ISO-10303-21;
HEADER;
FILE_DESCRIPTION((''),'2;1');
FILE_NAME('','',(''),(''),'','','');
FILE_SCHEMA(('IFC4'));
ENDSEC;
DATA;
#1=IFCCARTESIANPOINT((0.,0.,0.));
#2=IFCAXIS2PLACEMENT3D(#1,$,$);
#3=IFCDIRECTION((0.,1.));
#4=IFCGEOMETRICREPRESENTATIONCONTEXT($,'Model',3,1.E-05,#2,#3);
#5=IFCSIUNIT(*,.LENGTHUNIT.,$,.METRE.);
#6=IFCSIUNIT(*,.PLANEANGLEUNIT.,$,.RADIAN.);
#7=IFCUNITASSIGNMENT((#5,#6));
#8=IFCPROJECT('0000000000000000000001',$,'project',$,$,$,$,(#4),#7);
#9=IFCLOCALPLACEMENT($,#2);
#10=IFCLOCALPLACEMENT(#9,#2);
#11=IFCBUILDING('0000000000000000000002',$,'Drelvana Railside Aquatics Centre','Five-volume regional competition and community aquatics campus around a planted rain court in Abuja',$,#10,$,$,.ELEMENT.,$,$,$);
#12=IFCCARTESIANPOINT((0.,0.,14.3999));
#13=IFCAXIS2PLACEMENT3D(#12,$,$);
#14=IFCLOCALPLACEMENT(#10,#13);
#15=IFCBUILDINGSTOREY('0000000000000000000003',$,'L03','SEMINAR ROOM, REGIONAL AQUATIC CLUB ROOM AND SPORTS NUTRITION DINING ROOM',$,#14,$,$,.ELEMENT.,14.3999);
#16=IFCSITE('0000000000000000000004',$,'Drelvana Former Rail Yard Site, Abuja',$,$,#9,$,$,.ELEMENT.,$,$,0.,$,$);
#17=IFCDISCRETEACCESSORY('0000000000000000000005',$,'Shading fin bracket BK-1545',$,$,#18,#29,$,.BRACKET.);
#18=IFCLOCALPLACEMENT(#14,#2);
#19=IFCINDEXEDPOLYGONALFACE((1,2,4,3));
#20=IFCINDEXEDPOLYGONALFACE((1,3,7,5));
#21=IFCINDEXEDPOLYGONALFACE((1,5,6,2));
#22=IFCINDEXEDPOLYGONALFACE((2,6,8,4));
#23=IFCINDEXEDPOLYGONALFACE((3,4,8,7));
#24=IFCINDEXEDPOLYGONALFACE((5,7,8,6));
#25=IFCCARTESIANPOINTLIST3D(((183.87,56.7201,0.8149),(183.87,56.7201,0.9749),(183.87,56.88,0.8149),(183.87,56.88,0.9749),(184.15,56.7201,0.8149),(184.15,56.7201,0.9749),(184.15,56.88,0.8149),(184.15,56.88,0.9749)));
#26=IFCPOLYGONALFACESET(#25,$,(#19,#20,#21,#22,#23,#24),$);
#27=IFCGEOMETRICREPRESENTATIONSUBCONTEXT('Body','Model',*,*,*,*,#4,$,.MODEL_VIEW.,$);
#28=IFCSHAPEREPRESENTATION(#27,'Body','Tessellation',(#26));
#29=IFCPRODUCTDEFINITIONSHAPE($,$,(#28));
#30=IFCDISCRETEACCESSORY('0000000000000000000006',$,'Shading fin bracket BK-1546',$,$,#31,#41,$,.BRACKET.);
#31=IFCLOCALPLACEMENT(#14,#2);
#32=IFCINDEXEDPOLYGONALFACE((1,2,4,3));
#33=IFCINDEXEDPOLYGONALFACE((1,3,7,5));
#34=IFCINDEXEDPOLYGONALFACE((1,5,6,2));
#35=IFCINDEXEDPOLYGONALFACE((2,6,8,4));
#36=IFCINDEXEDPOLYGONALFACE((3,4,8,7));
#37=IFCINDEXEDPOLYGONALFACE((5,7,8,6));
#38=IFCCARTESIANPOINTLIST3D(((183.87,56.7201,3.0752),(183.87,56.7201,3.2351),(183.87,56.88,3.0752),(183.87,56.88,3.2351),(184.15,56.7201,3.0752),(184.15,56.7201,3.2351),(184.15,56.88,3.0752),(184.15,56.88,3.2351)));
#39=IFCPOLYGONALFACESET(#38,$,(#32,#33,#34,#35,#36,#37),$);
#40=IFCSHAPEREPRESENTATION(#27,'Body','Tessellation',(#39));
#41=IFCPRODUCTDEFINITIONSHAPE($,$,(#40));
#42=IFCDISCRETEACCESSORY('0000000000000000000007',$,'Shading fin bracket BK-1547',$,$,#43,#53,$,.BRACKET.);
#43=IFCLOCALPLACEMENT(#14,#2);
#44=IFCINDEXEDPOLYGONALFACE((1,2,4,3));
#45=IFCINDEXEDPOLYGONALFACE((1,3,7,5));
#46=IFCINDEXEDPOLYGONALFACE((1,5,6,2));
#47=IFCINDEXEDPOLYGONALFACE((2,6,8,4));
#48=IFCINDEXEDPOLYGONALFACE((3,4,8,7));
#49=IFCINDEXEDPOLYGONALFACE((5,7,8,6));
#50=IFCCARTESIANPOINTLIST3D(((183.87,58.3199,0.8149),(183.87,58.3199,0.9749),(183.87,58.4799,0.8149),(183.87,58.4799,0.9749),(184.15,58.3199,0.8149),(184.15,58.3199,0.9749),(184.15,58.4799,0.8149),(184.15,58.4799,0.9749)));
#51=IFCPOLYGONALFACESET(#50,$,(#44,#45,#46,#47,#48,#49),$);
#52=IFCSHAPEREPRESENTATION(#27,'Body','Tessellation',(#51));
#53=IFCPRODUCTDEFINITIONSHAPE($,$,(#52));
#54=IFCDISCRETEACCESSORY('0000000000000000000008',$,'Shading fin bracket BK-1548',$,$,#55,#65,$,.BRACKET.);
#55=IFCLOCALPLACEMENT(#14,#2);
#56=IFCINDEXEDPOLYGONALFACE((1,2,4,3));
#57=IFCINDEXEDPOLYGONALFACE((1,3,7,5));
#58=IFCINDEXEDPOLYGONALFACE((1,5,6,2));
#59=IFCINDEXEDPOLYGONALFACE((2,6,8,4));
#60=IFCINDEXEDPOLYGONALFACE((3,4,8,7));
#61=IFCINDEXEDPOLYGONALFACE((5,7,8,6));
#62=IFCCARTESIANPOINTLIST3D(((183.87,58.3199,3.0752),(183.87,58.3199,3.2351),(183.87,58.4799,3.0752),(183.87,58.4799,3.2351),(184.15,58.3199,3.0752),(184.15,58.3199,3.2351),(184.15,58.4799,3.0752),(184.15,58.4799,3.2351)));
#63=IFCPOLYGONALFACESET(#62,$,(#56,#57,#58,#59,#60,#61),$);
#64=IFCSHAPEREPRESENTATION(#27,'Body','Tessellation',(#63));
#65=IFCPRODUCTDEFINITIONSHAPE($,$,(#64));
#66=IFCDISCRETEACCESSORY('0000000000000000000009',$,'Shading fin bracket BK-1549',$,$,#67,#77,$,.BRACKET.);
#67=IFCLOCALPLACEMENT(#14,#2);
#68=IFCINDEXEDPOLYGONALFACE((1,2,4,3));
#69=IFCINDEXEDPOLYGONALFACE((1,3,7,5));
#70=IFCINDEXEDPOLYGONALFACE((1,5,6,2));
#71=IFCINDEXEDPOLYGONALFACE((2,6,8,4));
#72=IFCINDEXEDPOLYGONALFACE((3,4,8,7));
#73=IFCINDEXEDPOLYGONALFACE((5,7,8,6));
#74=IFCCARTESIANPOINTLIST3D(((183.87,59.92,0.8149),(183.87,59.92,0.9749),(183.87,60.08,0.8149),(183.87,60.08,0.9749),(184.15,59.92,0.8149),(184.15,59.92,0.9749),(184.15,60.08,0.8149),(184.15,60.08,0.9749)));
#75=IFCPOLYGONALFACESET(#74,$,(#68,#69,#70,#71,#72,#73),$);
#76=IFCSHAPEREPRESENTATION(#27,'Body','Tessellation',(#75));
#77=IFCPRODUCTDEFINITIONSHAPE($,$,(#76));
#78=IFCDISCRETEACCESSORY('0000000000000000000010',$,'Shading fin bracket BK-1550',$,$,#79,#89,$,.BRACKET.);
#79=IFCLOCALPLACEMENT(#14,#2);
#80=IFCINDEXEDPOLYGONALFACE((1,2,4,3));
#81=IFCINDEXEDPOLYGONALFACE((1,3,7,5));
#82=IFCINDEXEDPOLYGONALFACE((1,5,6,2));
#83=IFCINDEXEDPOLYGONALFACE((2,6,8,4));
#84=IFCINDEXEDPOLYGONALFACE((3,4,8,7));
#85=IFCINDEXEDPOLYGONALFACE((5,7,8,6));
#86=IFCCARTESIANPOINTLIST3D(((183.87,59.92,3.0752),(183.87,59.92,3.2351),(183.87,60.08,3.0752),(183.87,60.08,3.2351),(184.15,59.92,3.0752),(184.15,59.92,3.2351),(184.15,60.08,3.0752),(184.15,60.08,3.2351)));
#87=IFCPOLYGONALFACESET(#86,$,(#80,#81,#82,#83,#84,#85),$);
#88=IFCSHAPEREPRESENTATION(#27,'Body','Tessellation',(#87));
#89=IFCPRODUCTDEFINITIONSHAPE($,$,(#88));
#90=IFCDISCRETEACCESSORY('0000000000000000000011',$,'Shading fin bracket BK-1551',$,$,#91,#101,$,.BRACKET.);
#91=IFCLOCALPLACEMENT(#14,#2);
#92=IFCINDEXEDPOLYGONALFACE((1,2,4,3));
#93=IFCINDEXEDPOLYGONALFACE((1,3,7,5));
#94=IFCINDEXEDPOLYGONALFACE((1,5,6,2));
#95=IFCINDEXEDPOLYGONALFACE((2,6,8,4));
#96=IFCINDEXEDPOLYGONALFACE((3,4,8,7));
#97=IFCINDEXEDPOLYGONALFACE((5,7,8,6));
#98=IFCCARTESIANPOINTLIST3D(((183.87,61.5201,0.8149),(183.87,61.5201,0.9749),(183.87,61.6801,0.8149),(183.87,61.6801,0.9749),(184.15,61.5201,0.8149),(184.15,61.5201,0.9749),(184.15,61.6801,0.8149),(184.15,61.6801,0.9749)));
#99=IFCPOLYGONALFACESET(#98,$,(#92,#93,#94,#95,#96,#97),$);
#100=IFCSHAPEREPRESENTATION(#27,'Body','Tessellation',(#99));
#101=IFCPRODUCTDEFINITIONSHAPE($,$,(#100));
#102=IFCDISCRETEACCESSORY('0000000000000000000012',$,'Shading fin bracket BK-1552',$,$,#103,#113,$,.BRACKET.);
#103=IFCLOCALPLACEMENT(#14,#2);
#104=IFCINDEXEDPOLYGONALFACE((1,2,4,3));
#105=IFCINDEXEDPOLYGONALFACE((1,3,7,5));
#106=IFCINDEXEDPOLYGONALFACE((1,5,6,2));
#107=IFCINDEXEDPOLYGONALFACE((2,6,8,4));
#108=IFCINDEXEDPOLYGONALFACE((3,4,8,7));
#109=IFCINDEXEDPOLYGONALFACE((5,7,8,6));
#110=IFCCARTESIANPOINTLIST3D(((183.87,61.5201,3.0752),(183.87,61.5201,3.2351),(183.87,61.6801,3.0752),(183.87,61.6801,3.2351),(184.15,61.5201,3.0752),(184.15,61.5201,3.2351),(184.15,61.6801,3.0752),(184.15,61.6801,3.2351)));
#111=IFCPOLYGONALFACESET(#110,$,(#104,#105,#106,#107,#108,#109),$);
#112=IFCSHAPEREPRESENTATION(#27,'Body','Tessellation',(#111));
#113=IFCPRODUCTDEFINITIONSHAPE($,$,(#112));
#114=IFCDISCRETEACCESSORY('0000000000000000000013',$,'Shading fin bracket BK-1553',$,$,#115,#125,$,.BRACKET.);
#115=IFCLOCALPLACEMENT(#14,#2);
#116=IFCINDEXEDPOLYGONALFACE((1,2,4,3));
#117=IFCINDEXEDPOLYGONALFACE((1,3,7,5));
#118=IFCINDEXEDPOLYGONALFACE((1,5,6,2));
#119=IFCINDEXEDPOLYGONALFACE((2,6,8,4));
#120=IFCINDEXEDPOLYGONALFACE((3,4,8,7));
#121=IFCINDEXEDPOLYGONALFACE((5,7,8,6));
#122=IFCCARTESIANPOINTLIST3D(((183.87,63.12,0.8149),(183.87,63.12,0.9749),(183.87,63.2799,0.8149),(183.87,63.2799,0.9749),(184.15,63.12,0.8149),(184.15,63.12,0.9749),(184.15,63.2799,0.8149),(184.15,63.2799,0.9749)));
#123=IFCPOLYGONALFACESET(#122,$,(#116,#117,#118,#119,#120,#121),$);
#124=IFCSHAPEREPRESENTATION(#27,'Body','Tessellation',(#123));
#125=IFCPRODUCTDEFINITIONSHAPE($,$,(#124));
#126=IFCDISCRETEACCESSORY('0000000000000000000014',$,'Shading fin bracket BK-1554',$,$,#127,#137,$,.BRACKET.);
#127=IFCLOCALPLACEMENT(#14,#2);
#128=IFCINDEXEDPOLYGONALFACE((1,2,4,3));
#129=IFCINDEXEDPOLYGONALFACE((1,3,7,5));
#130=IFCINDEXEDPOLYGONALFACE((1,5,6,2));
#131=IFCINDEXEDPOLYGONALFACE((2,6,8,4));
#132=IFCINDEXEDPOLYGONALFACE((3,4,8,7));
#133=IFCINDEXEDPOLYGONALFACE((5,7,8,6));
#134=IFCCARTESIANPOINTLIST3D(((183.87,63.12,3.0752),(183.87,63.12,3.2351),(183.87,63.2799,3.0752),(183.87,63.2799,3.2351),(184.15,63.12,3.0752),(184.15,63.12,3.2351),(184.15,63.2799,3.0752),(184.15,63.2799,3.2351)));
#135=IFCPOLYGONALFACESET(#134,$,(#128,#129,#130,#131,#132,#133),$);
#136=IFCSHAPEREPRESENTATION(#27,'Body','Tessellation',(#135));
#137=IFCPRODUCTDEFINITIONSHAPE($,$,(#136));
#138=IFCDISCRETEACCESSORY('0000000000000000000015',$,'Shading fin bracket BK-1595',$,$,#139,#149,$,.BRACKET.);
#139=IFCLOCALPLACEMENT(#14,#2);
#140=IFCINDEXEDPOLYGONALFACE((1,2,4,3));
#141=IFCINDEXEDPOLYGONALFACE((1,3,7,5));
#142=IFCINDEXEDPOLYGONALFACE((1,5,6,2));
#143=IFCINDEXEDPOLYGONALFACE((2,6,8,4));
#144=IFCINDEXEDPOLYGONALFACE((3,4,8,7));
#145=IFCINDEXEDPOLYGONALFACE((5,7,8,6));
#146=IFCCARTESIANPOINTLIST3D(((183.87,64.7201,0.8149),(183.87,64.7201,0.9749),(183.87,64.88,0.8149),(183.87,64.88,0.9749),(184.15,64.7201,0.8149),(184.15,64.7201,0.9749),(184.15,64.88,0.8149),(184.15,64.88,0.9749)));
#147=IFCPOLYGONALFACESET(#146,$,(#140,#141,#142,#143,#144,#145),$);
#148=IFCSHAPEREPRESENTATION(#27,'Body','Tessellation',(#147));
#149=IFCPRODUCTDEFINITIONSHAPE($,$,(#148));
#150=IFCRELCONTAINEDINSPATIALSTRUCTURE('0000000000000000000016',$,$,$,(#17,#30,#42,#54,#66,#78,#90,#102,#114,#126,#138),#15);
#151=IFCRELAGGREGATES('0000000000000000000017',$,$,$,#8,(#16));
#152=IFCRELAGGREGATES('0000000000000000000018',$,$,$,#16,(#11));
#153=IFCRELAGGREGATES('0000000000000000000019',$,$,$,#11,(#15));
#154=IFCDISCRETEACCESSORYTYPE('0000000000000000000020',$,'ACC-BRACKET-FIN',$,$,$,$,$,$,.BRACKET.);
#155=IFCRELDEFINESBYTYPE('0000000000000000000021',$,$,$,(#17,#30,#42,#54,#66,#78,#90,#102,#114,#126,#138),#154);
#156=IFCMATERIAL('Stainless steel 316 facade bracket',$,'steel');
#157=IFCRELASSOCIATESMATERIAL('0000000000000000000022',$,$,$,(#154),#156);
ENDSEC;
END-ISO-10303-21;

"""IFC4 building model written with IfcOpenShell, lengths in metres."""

from ifc_helpers import new_model, si_unit, direction, frame, origin, origin_2d, place, context, subcontext, project, spatial, rectangle, extrude, material, type_object, element, save


model = new_model("IFC4")

# Units and contexts
model_context = context("Model", 3, precision=1e-05, world=origin(), true_north=direction((0.0, 1.0)))
body_context = subcontext(model_context, "Body", "Model", "MODEL_VIEW")
ifc_project = project(units=[si_unit("LENGTHUNIT", "METRE"), si_unit("PLANEANGLEUNIT", "RADIAN")], contexts=[model_context])

# Site, building, storey
site_placement = place(None, origin())
site = spatial("IfcSite", under=ifc_project, at=site_placement, Name="Drelvana Former Rail Yard Site, Abuja", CompositionType="ELEMENT", RefElevation=0.0)
building_placement = place(site_placement, origin())
building = spatial("IfcBuilding", under=site, at=building_placement, Name="Drelvana Railside Aquatics Centre", Description="Five-volume regional competition and community aquatics campus around a planted rain court in Abuja", CompositionType="ELEMENT")
storey_placement = place(building_placement, frame((0.0, 0.0, 14.3999)))
storey = spatial("IfcBuildingStorey", under=building, at=storey_placement, Name="L03", Description="SEMINAR ROOM, REGIONAL AQUATIC CLUB ROOM AND SPORTS NUTRITION DINING ROOM", CompositionType="ELEMENT", Elevation=14.3999)

# Discrete accessories
ifc_material_1 = material(Name="Stainless steel 316 facade bracket", Category="steel")
discrete_accessory_type = type_object("IfcDiscreteAccessoryType", Name="ACC-BRACKET-FIN", PredefinedType="BRACKET", material=ifc_material_1)
for number, where, z_axis, x_axis, name in (
    (1, (184.01, 56.8, 0.8149), (0.0, 0.0, 1.0), (1.0, 0.0, 0.0), "Shading fin bracket BK-1545"),
    (2, (184.01, 56.8, 3.0752), (0.0, 0.0, 1.0), (1.0, 0.0, 0.0), "Shading fin bracket BK-1546"),
    (3, (184.01, 58.3999, 0.8149), (0.0, 0.0, 1.0), (1.0, 0.0, 0.0), "Shading fin bracket BK-1547"),
    (4, (184.01, 58.3999, 3.0752), (0.0, 0.0, 1.0), (1.0, 0.0, 0.0), "Shading fin bracket BK-1548"),
    (5, (184.01, 60.0, 0.8149), (0.0, 0.0, 1.0), (1.0, 0.0, 0.0), "Shading fin bracket BK-1549"),
    (6, (184.01, 60.0, 3.0752), (0.0, 0.0, 1.0), (1.0, 0.0, 0.0), "Shading fin bracket BK-1550"),
    (7, (184.01, 61.6001, 0.8149), (0.0, 0.0, 1.0), (1.0, 0.0, 0.0), "Shading fin bracket BK-1551"),
    (8, (184.01, 61.6001, 3.0752), (0.0, 0.0, 1.0), (1.0, 0.0, 0.0), "Shading fin bracket BK-1552"),
    (9, (184.01, 63.2, 0.8149), (0.0, 0.0, 1.0), (1.0, 0.0, 0.0), "Shading fin bracket BK-1553"),
    (10, (184.01, 63.2, 3.0752), (0.0, 0.0, 1.0), (1.0, 0.0, 0.0), "Shading fin bracket BK-1554"),
    (11, (184.01, 64.8, 0.8149), (0.0, 0.0, 1.0), (1.0, 0.0, 0.0), "Shading fin bracket BK-1595"),
):
    element("IfcDiscreteAccessory", number, at=place(storey_placement, frame(where, z_axis=z_axis, x_axis=x_axis)), inside=storey, type_object=discrete_accessory_type, Name=name, PredefinedType="BRACKET", context=body_context, shape_type="SweptSolid", body=[
        extrude(rectangle(XDim=0.28, YDim=0.1599, at=origin_2d()), origin(), (0.0, 0.0, 1.0), 0.1599),
    ])

save(model, "model.ifc")
